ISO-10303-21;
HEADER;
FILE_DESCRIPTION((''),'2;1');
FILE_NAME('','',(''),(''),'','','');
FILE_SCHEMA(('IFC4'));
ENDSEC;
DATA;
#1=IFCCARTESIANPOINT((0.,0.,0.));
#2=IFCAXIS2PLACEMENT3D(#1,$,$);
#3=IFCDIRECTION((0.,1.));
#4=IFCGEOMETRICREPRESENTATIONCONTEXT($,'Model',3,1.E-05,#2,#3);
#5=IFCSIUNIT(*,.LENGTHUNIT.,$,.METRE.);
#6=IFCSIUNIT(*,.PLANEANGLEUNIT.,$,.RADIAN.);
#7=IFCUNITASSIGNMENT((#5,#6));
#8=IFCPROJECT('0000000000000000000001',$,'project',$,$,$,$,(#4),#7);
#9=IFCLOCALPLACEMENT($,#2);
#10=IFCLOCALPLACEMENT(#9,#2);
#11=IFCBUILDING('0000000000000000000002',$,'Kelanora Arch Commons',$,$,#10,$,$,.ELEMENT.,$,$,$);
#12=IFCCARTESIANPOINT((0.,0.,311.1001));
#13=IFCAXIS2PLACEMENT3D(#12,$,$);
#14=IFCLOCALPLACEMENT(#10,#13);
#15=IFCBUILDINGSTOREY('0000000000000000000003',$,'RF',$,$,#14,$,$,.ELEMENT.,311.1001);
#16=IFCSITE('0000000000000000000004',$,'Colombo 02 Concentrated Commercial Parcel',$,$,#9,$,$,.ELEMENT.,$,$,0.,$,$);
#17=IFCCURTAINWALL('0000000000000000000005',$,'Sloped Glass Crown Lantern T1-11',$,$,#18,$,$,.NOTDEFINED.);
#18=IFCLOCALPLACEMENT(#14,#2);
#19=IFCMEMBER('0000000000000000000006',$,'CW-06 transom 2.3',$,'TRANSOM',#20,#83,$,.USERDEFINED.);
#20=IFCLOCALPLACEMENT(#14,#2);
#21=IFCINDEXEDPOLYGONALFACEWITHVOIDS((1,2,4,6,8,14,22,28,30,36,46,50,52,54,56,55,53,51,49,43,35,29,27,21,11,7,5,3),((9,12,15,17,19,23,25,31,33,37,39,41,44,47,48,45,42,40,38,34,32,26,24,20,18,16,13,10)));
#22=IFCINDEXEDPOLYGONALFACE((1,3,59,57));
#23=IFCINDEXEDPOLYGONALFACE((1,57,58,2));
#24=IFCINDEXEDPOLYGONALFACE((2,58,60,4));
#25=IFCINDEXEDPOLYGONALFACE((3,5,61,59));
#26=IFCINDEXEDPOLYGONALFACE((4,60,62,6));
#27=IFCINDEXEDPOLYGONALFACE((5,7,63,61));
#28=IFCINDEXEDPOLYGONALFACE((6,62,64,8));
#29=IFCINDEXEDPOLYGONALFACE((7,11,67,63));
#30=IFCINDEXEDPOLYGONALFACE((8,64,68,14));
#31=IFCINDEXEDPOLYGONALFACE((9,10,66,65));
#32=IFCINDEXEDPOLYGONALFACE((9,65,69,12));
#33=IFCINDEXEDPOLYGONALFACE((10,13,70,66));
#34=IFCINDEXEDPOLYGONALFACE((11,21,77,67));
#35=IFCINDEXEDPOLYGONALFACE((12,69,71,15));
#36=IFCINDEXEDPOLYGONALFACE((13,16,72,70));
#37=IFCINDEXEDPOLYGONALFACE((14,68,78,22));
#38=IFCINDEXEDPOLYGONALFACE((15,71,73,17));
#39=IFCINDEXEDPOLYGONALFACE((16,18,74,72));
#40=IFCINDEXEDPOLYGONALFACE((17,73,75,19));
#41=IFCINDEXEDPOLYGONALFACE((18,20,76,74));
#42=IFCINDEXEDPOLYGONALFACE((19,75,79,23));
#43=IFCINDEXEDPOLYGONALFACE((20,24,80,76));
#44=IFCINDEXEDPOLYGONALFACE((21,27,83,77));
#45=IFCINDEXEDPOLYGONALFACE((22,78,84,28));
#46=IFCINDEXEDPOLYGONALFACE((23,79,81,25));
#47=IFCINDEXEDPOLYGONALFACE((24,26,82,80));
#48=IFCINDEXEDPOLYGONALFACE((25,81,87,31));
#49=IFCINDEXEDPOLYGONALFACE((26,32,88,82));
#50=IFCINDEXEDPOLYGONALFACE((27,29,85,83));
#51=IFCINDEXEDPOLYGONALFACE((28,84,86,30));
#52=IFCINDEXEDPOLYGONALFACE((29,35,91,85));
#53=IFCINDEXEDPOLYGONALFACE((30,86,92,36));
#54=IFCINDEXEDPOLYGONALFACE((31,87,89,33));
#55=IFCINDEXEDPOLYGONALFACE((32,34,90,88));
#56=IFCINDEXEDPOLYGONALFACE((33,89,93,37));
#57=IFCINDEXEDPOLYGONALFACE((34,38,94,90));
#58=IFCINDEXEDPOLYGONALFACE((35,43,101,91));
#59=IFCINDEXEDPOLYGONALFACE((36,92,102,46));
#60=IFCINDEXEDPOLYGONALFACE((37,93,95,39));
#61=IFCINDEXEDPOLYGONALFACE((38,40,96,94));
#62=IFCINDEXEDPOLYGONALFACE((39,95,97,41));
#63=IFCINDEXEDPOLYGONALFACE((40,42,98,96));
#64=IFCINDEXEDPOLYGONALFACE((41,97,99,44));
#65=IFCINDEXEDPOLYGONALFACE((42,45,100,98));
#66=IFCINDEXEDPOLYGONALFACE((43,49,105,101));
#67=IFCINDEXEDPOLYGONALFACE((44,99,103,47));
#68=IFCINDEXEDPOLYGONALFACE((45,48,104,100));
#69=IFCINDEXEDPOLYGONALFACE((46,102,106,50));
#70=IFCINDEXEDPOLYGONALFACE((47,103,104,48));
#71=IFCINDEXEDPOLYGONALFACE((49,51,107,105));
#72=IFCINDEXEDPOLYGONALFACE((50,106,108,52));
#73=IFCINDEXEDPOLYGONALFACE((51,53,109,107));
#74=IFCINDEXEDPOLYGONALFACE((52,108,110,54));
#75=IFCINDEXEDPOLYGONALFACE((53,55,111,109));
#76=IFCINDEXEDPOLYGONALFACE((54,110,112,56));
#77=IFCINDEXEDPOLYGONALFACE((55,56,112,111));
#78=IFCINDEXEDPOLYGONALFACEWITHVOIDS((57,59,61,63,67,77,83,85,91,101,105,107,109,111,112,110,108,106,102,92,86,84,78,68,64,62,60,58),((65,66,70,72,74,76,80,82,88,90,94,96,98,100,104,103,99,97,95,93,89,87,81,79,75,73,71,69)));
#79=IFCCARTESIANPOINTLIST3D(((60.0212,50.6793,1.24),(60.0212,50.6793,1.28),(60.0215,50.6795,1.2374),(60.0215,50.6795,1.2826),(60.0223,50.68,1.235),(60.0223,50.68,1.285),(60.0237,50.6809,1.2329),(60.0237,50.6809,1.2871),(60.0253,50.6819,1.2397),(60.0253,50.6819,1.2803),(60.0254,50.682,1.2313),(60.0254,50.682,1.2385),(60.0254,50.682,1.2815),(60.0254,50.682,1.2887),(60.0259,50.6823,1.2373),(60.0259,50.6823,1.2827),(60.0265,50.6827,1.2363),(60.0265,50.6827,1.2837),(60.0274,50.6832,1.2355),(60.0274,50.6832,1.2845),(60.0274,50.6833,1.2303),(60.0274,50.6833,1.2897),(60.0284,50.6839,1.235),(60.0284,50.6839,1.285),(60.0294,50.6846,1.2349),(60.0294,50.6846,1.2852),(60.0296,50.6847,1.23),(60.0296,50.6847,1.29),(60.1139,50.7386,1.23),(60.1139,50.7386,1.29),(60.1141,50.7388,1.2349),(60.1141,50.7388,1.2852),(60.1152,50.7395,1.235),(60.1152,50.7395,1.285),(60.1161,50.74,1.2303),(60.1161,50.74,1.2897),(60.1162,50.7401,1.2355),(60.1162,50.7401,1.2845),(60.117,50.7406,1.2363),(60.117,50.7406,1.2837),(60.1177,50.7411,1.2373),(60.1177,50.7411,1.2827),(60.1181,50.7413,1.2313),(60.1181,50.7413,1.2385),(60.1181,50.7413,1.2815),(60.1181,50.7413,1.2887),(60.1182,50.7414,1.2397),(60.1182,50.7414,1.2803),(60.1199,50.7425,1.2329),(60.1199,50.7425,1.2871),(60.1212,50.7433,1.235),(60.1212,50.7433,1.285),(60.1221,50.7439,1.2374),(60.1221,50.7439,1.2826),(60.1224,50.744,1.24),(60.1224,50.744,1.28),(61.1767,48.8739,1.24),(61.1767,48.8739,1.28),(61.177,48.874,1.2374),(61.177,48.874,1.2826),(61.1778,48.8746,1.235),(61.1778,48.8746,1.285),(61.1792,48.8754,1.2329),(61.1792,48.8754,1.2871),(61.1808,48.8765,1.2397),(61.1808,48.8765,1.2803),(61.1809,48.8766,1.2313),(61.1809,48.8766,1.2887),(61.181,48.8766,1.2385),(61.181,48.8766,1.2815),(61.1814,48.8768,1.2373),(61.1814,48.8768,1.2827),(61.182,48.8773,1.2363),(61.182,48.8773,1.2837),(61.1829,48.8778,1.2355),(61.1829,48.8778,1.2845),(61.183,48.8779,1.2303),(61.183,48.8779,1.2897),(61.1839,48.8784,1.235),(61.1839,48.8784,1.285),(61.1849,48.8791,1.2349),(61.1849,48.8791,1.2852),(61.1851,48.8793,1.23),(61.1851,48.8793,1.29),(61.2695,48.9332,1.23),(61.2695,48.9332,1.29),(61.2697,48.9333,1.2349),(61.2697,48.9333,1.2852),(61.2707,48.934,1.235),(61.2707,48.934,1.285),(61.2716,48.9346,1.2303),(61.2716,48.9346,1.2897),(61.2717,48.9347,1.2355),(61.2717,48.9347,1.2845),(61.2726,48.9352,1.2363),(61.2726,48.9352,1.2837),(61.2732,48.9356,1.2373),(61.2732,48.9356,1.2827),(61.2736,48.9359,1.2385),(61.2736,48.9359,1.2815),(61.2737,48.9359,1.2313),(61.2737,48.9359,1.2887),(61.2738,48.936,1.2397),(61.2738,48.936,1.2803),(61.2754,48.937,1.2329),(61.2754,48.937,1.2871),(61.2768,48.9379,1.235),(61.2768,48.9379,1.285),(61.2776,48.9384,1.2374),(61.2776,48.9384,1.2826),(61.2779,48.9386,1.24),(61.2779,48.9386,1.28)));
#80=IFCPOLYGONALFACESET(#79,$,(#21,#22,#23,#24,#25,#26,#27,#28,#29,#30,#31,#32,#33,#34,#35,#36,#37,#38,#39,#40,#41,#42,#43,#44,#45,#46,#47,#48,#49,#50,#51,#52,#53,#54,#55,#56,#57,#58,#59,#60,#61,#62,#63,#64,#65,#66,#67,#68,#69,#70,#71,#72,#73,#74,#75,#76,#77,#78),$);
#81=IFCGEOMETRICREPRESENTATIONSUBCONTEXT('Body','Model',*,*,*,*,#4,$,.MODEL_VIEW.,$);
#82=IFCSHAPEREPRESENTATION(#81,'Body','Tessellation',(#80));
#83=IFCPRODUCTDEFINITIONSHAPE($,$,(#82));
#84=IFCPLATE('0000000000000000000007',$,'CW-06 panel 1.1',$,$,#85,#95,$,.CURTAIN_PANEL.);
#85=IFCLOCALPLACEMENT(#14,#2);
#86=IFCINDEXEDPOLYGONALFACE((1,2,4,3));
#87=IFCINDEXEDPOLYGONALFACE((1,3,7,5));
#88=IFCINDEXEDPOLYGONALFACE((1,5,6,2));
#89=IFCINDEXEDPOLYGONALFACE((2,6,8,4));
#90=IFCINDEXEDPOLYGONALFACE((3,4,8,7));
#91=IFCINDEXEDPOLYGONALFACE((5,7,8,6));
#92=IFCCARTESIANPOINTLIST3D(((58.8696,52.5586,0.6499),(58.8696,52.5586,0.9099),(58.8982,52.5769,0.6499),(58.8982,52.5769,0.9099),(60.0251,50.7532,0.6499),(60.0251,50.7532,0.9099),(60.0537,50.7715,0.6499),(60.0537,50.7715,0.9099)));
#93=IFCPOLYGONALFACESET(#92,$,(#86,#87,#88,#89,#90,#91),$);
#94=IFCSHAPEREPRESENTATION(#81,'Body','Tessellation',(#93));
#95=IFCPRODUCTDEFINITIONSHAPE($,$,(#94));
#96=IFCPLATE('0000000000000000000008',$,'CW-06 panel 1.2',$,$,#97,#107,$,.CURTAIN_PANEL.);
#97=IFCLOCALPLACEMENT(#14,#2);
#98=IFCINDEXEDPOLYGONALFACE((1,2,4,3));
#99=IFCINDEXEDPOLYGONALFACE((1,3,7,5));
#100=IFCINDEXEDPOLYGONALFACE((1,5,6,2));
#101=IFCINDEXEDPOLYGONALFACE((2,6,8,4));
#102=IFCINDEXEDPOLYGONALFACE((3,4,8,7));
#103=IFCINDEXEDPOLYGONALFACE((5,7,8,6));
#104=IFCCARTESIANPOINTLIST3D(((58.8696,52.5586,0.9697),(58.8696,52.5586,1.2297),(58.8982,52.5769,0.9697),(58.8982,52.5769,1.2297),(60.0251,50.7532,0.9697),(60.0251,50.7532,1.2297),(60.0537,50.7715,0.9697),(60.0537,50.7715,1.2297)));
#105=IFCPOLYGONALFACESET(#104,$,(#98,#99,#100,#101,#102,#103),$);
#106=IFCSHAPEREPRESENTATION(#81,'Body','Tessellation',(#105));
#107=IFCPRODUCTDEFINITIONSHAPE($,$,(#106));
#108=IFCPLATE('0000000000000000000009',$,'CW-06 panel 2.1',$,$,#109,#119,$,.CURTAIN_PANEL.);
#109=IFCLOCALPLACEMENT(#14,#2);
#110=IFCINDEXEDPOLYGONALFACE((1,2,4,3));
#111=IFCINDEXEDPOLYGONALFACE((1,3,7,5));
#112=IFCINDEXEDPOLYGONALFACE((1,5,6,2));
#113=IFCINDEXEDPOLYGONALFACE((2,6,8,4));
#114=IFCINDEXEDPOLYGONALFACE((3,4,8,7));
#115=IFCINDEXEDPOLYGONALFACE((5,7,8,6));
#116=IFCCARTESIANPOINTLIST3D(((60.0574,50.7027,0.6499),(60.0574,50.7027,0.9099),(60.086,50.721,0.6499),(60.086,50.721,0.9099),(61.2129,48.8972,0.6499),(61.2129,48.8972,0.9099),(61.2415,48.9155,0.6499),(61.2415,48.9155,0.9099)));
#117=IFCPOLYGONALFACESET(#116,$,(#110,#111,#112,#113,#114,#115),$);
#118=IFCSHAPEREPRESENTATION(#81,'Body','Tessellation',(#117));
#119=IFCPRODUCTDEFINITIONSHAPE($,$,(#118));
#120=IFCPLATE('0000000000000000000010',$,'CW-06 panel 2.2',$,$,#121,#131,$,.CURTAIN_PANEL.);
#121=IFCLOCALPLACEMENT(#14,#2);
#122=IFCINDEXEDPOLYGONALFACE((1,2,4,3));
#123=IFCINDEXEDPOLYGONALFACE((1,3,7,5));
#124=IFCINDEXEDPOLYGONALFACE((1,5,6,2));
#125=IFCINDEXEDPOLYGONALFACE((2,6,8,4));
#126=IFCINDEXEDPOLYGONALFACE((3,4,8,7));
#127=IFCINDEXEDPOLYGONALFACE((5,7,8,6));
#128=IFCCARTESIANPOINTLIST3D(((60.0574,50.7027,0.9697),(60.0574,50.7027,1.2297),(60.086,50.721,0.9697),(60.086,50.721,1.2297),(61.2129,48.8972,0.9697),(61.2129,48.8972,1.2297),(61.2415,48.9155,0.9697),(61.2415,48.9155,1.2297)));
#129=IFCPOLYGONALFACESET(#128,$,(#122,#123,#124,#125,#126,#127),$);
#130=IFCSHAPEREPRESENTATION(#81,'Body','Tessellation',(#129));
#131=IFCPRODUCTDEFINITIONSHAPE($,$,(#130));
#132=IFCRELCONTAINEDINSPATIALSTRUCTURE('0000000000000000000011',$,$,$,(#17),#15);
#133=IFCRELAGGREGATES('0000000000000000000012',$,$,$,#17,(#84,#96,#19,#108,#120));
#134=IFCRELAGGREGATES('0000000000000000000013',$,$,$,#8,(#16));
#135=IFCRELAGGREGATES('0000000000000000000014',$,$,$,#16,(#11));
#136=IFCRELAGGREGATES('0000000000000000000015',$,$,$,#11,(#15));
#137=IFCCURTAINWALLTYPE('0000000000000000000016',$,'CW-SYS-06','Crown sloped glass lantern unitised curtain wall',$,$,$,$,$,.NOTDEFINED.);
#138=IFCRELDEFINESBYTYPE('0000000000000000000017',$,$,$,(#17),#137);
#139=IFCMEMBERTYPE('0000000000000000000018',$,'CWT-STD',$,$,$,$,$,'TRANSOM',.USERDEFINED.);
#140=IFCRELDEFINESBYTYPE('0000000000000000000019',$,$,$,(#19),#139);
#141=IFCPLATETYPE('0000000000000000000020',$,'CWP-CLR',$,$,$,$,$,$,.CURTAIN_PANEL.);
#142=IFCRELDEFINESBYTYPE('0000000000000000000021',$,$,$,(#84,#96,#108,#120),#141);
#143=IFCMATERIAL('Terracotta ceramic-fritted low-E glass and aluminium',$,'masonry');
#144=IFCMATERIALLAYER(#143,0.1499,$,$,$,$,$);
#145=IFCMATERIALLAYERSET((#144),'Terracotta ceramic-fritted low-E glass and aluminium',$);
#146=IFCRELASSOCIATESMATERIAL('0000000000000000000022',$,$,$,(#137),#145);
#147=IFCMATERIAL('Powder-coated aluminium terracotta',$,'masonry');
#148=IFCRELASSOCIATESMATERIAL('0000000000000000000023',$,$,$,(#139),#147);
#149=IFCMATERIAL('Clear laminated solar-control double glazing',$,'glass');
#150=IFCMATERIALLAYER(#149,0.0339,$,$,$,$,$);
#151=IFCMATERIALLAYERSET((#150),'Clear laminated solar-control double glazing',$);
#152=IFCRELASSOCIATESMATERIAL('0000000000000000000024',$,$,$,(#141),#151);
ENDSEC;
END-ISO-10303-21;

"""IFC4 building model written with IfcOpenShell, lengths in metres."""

from ifc_helpers import new_model, si_unit, direction, frame, origin, origin_2d, place, context, subcontext, project, spatial, rectangle, hollow_rectangle, extrude, source, transform, mapped, material, layer, layer_set, material_profile, profile_set, type_object, element, aggregate, save


model = new_model("IFC4")

# Units and contexts
model_context = context("Model", 3, precision=1e-05, world=origin(), true_north=direction((0.0, 1.0)))
body_context = subcontext(model_context, "Body", "Model", "MODEL_VIEW")
ifc_project = project(units=[si_unit("LENGTHUNIT", "METRE"), si_unit("PLANEANGLEUNIT", "RADIAN")], contexts=[model_context])

# Site, building, storey
site_placement = place(None, origin())
site = spatial("IfcSite", under=ifc_project, at=site_placement, Name="Colombo 02 Concentrated Commercial Parcel", CompositionType="ELEMENT", RefElevation=0.0)
building_placement = place(site_placement, origin())
building = spatial("IfcBuilding", under=site, at=building_placement, Name="Kelanora Arch Commons", CompositionType="ELEMENT")
storey_placement = place(building_placement, frame((0.0, 0.0, 311.1001)))
storey = spatial("IfcBuildingStorey", under=building, at=storey_placement, Name="RF", CompositionType="ELEMENT", Elevation=311.1001)

# Curtain wall, member, plates
ifc_material_1 = material(Name="Terracotta ceramic-fritted low-E glass and aluminium", Category="masonry")
ifc_layer_1 = layer(ifc_material_1, 0.1499)
ifc_layer_set_1 = layer_set([ifc_layer_1], Name="Terracotta ceramic-fritted low-E glass and aluminium")
curtain_wall_type = type_object("IfcCurtainWallType", Name="CW-SYS-06", Description="Crown sloped glass lantern unitised curtain wall", PredefinedType="NOTDEFINED", material=ifc_layer_set_1)
curtain_wall_placement = place(storey_placement, origin())
curtain_wall = element("IfcCurtainWall", 1, at=curtain_wall_placement, inside=storey, type_object=curtain_wall_type, Name="Sloped Glass Crown Lantern T1-11", PredefinedType="NOTDEFINED")
ifc_material_2 = material(Name="Powder-coated aluminium terracotta", Category="masonry")
ifc_material_profile_1 = material_profile(ifc_material_2, hollow_rectangle(XDim=0.1201, YDim=0.0601, WallThickness=0.0049, InnerFilletRadius=0.0049, OuterFilletRadius=0.01, at=origin_2d()), Name="CWT120x60")
ifc_profile_set_1 = profile_set([ifc_material_profile_1], Name="Powder-coated aluminium terracotta")
member_type_1 = type_object("IfcMemberType", Name="CWT-STD", ElementType="TRANSOM", PredefinedType="USERDEFINED", material=ifc_profile_set_1)
member_1_placement = place(storey_placement, frame((60.0718, 50.7117, 1.26), z_axis=(0.53907, -0.842261, 0.0), x_axis=(0.842261, 0.53907, 0.0)))
member_1 = element("IfcMember", 2, at=member_1_placement, type_object=member_type_1, Name="CW-06 transom 2.3", ObjectType="TRANSOM", PredefinedType="USERDEFINED", context=body_context, shape_type="SweptSolid", body=[
    extrude(hollow_rectangle(XDim=0.1201, YDim=0.0601, WallThickness=0.0049, InnerFilletRadius=0.0049, OuterFilletRadius=0.01, at=origin_2d()), origin(), (0.0, 0.0, 1.0), 2.1436),
])
ifc_material_3 = material(Name="Clear laminated solar-control double glazing", Category="glass")
ifc_layer_2 = layer(ifc_material_3, 0.0339)
ifc_layer_set_2 = layer_set([ifc_layer_2], Name="Clear laminated solar-control double glazing")
plate_type = type_object("IfcPlateType", Name="CWP-CLR", PredefinedType="CURTAIN_PANEL", material=ifc_layer_set_2)
shared_shape = source(origin(), body_context, "Body", "SweptSolid", [
    extrude(rectangle(XDim=2.1436, YDim=0.0339, at=origin_2d()), origin(), (0.0, 0.0, 1.0), 0.26),
])
plate_1_placement = place(storey_placement, frame((59.4617, 51.665, 0.6499), z_axis=(0.0, 0.0, 1.0), x_axis=(0.539054, -0.842271, 0.0)))
plate_1 = element("IfcPlate", 3, at=plate_1_placement, type_object=plate_type, Name="CW-06 panel 1.1", PredefinedType="CURTAIN_PANEL", context=body_context, shape_type="MappedRepresentation", body=[
    mapped(shared_shape, transform((0.0, 0.0, 0.0), scale=1.0)),
])
plate_2_placement = place(storey_placement, frame((59.4617, 51.665, 0.9697), z_axis=(0.0, 0.0, 1.0), x_axis=(0.539054, -0.842271, 0.0)))
plate_2 = element("IfcPlate", 4, at=plate_2_placement, type_object=plate_type, Name="CW-06 panel 1.2", PredefinedType="CURTAIN_PANEL", context=body_context, shape_type="MappedRepresentation", body=[
    mapped(shared_shape, transform((0.0, 0.0, 0.0), scale=1.0)),
])
plate_3_placement = place(storey_placement, frame((60.6494, 49.8091, 0.6499), z_axis=(0.0, 0.0, 1.0), x_axis=(0.539054, -0.842271, 0.0)))
plate_3 = element("IfcPlate", 5, at=plate_3_placement, type_object=plate_type, Name="CW-06 panel 2.1", PredefinedType="CURTAIN_PANEL", context=body_context, shape_type="MappedRepresentation", body=[
    mapped(shared_shape, transform((0.0, 0.0, 0.0), scale=1.0)),
])
plate_4_placement = place(storey_placement, frame((60.6494, 49.8091, 0.9697), z_axis=(0.0, 0.0, 1.0), x_axis=(0.539054, -0.842271, 0.0)))
plate_4 = element("IfcPlate", 6, at=plate_4_placement, type_object=plate_type, Name="CW-06 panel 2.2", PredefinedType="CURTAIN_PANEL", context=body_context, shape_type="MappedRepresentation", body=[
    mapped(shared_shape, transform((0.0, 0.0, 0.0), scale=1.0)),
])
aggregate(curtain_wall, [plate_1, plate_2, member_1, plate_3, plate_4])

save(model, "model.ifc")
